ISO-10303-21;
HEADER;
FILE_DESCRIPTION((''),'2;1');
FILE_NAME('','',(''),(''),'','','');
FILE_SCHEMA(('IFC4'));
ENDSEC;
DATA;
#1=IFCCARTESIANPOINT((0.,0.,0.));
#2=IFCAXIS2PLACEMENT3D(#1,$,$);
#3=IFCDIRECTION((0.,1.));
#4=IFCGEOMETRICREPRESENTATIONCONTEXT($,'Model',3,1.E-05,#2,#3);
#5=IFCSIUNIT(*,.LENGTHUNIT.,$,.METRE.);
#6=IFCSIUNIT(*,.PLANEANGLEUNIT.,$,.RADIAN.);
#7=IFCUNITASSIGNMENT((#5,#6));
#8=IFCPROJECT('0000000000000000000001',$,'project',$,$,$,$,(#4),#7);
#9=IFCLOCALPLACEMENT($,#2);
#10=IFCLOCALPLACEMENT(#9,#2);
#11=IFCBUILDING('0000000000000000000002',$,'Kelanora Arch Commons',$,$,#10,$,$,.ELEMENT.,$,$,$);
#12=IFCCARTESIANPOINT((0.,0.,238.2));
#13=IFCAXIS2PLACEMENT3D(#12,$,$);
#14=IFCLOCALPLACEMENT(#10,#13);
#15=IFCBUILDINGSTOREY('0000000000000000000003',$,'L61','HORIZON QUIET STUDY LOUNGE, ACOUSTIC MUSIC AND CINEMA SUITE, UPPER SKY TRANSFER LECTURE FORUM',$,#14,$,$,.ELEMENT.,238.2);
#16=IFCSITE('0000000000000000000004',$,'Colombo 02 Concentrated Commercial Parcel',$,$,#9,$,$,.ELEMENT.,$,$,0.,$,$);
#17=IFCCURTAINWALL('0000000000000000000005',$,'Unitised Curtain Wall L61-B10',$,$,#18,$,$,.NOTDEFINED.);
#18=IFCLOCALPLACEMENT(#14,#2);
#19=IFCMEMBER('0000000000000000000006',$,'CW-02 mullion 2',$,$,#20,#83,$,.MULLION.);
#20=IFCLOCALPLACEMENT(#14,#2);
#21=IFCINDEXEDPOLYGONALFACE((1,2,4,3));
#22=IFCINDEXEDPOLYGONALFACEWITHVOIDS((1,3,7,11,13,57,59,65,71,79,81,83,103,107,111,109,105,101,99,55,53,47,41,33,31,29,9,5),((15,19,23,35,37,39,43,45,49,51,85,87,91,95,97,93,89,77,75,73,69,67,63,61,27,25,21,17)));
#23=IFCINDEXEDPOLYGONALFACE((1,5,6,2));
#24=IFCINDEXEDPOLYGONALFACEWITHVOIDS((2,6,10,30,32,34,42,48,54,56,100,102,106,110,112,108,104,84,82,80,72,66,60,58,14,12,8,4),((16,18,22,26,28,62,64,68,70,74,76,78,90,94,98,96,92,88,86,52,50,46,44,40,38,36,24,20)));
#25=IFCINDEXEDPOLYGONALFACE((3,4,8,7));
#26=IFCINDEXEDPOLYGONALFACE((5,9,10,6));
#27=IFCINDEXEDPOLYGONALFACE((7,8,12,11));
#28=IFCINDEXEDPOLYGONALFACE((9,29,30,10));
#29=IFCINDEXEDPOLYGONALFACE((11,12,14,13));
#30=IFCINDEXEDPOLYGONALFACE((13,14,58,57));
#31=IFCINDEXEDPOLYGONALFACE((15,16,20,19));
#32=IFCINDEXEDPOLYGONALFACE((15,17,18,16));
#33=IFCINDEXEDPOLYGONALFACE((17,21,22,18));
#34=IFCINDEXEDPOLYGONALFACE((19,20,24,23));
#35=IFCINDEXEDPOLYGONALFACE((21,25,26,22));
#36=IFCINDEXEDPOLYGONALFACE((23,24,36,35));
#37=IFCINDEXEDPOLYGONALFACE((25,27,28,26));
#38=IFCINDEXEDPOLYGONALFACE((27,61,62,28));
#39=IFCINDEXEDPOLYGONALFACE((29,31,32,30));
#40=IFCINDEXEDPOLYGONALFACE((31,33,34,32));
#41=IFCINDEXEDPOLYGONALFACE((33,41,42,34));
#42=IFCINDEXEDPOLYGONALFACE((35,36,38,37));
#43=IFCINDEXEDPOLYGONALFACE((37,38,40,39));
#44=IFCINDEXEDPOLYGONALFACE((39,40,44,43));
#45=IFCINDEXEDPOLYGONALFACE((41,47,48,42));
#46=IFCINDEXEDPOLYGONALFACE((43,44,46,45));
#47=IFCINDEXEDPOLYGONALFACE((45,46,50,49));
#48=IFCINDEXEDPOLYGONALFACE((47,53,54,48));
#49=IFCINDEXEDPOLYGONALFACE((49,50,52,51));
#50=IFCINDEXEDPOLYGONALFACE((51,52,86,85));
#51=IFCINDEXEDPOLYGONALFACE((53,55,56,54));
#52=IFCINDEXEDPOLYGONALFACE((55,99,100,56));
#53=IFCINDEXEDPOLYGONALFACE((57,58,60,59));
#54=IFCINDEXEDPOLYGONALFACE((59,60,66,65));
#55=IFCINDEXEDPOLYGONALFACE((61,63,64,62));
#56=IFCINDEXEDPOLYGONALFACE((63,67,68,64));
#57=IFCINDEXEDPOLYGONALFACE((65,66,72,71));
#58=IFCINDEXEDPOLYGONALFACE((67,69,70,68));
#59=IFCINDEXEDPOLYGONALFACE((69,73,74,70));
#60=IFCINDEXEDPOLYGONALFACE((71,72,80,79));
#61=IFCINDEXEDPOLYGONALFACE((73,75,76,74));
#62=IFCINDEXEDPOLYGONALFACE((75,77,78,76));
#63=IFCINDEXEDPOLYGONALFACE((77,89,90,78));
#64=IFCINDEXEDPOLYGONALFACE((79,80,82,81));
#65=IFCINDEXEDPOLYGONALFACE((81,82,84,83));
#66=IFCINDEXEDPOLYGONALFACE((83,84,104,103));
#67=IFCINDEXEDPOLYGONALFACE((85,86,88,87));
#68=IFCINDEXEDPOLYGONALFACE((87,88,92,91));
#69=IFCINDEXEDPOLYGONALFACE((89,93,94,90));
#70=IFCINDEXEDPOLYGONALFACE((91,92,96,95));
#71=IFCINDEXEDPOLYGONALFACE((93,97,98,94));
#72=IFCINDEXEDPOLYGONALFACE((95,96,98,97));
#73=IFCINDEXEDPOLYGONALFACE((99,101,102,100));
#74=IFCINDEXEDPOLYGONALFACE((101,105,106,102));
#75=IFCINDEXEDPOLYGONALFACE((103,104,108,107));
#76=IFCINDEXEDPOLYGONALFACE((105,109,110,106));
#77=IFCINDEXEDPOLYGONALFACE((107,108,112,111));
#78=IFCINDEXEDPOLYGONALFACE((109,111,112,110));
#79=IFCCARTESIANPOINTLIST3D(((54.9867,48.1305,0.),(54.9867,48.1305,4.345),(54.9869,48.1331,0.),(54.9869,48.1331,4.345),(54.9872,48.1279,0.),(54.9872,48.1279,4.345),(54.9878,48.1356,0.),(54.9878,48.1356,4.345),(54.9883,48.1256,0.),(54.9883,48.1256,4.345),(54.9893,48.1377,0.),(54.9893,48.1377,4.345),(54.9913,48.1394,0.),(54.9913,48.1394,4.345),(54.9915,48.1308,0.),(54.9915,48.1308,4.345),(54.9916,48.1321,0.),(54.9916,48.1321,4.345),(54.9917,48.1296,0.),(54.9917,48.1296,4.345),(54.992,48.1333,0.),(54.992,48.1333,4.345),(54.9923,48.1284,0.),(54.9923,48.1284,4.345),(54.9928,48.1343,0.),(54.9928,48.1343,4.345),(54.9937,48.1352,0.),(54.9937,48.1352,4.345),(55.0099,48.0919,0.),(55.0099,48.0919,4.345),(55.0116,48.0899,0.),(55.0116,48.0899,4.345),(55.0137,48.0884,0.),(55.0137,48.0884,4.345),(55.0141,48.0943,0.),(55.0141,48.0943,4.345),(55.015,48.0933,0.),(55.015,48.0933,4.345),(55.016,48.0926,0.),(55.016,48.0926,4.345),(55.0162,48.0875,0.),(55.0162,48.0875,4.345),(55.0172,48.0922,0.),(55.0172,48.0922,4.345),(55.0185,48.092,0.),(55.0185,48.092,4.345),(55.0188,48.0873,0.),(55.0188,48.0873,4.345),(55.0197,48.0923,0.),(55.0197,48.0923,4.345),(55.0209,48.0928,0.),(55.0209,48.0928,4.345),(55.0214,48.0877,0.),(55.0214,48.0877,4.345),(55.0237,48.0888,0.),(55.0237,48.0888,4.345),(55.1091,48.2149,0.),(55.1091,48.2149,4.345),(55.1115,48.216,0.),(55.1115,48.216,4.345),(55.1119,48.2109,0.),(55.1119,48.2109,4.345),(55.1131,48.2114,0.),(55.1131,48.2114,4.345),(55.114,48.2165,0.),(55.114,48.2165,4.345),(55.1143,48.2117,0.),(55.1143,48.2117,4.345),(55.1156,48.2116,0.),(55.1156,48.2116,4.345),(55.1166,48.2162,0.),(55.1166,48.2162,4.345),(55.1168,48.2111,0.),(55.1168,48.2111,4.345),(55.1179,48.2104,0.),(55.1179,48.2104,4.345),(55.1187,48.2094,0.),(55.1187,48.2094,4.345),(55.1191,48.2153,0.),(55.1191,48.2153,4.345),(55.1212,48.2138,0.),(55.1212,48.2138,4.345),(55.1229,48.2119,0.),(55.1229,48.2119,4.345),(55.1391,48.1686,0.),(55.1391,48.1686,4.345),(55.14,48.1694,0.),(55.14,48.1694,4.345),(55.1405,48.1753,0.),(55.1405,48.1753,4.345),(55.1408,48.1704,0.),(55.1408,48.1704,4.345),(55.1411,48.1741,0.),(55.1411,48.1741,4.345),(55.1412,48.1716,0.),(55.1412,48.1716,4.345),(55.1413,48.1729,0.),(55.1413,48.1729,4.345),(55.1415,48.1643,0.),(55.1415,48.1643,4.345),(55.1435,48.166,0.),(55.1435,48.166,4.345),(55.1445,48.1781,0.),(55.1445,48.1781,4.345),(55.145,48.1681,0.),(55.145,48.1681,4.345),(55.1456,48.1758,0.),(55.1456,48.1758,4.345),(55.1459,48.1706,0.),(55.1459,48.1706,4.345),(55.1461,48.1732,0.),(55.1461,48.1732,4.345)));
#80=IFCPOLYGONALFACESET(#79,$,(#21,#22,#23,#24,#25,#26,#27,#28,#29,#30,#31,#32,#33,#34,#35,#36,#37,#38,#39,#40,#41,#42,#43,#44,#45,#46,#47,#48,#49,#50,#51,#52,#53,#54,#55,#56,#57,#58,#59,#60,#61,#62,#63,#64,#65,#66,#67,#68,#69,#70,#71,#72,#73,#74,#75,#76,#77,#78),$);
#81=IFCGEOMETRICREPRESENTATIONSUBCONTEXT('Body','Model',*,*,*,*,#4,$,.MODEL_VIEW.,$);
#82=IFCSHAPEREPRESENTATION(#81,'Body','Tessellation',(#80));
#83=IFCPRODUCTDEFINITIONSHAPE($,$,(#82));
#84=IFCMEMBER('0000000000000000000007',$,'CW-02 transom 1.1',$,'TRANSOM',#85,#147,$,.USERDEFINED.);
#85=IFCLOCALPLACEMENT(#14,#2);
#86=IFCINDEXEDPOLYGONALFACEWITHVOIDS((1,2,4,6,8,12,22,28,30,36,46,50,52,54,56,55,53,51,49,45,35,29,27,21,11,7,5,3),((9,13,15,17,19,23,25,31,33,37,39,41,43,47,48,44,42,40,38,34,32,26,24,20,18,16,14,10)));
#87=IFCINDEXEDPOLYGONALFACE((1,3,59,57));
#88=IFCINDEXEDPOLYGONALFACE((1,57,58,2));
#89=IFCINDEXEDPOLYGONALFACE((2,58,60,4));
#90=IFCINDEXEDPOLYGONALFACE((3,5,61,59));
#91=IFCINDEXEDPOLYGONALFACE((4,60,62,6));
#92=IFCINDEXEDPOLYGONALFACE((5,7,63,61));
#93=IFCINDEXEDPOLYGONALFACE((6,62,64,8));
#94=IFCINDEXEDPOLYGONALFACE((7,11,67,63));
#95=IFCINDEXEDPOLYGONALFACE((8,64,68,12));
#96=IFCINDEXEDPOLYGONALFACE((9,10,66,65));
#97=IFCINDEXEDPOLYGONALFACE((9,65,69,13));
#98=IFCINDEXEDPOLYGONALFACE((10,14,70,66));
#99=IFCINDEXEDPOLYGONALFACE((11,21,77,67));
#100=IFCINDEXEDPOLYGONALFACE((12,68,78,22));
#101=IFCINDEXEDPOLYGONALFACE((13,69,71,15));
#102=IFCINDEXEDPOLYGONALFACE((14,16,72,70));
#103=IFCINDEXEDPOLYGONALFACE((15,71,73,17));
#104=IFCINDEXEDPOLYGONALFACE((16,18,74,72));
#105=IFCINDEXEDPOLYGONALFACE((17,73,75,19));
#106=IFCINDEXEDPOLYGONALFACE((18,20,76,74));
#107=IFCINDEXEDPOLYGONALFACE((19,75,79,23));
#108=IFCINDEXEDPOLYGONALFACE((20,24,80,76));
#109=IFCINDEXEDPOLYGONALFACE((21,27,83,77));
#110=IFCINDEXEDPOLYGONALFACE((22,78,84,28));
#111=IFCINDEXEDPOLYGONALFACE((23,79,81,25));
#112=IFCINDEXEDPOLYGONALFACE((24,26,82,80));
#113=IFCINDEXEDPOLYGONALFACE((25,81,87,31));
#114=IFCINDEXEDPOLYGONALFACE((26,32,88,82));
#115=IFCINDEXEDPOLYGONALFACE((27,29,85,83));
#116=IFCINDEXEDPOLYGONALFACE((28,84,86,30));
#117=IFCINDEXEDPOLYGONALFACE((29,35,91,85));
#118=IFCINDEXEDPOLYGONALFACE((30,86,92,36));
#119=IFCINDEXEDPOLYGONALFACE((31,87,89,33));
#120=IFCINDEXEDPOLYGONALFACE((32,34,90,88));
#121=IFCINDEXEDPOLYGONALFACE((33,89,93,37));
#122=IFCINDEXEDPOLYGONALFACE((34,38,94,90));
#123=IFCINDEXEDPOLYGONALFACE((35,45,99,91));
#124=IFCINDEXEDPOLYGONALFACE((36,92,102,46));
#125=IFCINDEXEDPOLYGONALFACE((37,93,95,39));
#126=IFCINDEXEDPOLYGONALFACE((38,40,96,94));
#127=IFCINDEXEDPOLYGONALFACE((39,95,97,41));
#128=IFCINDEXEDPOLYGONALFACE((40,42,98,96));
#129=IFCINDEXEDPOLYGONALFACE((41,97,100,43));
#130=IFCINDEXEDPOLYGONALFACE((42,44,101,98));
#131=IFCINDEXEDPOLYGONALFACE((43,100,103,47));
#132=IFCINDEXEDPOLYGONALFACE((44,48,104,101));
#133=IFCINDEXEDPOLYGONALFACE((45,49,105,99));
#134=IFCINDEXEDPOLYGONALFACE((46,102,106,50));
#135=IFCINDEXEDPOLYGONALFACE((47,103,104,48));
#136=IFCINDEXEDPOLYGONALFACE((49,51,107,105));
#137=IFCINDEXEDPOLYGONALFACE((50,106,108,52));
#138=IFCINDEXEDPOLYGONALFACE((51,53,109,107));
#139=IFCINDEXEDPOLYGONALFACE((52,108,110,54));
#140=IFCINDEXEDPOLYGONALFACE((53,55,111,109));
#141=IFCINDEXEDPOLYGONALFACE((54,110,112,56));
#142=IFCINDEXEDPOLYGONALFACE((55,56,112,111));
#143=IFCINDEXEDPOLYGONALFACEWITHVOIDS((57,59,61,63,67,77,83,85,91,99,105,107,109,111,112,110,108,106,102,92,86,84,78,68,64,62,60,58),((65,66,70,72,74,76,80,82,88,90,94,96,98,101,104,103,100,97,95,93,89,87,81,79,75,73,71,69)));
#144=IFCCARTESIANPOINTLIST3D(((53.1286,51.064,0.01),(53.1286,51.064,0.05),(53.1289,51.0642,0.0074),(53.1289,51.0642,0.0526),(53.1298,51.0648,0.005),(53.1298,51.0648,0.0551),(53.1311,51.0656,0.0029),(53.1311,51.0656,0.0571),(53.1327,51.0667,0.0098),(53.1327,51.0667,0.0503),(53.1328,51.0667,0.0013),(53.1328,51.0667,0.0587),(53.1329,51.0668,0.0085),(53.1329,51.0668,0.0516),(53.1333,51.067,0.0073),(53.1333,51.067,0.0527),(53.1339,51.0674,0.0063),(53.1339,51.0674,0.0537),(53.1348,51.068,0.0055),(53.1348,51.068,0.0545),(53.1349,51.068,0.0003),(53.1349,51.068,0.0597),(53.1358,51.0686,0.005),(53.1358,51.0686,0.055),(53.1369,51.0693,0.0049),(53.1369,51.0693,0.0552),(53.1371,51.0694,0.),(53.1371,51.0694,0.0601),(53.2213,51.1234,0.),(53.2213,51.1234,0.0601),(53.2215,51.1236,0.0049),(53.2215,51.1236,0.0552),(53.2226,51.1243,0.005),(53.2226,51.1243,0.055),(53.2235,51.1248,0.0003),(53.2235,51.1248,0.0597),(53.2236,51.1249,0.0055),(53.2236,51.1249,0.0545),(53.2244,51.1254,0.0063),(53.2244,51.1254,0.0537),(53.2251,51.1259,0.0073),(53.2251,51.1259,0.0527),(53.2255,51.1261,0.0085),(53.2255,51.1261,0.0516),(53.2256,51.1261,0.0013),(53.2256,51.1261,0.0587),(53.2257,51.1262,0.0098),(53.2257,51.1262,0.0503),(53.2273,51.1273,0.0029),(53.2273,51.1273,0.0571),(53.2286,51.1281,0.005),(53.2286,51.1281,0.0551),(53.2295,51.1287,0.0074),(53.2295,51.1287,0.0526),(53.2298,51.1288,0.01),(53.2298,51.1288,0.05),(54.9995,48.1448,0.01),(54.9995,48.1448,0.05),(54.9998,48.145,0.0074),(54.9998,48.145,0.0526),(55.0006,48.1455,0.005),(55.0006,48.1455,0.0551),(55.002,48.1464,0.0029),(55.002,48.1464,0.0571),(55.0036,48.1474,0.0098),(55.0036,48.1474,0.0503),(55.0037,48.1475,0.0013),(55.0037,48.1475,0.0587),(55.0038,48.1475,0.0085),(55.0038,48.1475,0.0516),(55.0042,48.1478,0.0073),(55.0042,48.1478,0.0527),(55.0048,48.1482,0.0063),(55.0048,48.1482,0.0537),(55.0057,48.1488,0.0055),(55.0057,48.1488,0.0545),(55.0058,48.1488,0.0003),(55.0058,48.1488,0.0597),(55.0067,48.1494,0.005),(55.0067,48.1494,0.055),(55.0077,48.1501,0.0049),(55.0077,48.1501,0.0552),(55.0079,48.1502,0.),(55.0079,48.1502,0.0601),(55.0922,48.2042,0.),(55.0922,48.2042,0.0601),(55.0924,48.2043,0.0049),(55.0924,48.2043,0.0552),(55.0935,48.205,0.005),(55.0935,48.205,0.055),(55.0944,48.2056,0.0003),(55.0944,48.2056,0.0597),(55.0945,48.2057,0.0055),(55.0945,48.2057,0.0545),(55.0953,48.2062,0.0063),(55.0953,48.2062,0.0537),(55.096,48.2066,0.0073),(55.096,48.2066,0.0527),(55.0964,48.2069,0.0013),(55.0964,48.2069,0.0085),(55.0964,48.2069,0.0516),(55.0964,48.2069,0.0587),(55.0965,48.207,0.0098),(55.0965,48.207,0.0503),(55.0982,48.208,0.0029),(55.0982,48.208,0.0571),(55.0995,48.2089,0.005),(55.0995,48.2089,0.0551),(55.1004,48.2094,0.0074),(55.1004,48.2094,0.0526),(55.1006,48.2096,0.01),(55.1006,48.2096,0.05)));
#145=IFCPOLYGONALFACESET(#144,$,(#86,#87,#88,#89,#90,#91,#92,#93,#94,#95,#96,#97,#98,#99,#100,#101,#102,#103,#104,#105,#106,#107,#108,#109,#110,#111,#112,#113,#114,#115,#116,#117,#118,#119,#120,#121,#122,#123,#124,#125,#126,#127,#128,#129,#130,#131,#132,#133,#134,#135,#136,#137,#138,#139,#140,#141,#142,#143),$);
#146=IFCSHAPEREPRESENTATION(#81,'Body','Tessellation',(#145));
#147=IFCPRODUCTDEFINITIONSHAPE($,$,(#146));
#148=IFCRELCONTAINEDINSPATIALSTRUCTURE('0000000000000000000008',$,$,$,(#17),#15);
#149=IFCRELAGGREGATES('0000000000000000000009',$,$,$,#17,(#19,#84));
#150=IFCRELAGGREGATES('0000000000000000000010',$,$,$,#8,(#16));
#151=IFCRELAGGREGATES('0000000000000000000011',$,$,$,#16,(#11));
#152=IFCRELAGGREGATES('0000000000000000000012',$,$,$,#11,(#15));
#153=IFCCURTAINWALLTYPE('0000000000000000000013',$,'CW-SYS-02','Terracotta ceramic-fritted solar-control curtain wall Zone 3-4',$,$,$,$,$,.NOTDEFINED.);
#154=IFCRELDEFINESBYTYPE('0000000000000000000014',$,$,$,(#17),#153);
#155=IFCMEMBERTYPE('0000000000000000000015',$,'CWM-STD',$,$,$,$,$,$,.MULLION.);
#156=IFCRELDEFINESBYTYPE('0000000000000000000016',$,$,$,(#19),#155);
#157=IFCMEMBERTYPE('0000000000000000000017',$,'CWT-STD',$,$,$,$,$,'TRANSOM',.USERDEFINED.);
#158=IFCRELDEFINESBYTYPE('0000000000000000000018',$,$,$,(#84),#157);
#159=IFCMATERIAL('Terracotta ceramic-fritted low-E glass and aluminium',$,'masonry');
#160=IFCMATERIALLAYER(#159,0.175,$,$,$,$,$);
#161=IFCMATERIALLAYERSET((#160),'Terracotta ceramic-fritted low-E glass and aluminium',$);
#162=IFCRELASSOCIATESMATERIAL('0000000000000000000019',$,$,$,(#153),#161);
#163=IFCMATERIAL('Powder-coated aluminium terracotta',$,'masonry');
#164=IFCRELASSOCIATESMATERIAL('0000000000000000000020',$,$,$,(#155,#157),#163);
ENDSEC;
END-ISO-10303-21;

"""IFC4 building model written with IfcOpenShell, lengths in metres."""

from ifc_helpers import new_model, si_unit, direction, frame, origin, origin_2d, place, context, subcontext, project, spatial, hollow_rectangle, extrude, material, layer, layer_set, material_profile, profile_set, type_object, element, aggregate, save


model = new_model("IFC4")

# Units and contexts
model_context = context("Model", 3, precision=1e-05, world=origin(), true_north=direction((0.0, 1.0)))
body_context = subcontext(model_context, "Body", "Model", "MODEL_VIEW")
ifc_project = project(units=[si_unit("LENGTHUNIT", "METRE"), si_unit("PLANEANGLEUNIT", "RADIAN")], contexts=[model_context])

# Site, building, storey
site_placement = place(None, origin())
site = spatial("IfcSite", under=ifc_project, at=site_placement, Name="Colombo 02 Concentrated Commercial Parcel", CompositionType="ELEMENT", RefElevation=0.0)
building_placement = place(site_placement, origin())
building = spatial("IfcBuilding", under=site, at=building_placement, Name="Kelanora Arch Commons", CompositionType="ELEMENT")
storey_placement = place(building_placement, frame((0.0, 0.0, 238.2)))
storey = spatial("IfcBuildingStorey", under=building, at=storey_placement, Name="L61", Description="HORIZON QUIET STUDY LOUNGE, ACOUSTIC MUSIC AND CINEMA SUITE, UPPER SKY TRANSFER LECTURE FORUM", CompositionType="ELEMENT", Elevation=238.2)

# Shared definitions
ifc_material_1 = material(Name="Terracotta ceramic-fritted low-E glass and aluminium", Category="masonry")
ifc_layer_1 = layer(ifc_material_1, 0.175)
ifc_layer_set_1 = layer_set([ifc_layer_1], Name="Terracotta ceramic-fritted low-E glass and aluminium")
curtain_wall_type = type_object("IfcCurtainWallType", Name="CW-SYS-02", Description="Terracotta ceramic-fritted solar-control curtain wall Zone 3-4", PredefinedType="NOTDEFINED", material=ifc_layer_set_1)
ifc_material_2 = material(Name="Powder-coated aluminium terracotta", Category="masonry")
ifc_material_profile_1 = material_profile(ifc_material_2, hollow_rectangle(XDim=0.1599, YDim=0.0601, WallThickness=0.0049, InnerFilletRadius=0.0049, OuterFilletRadius=0.01, at=origin_2d()), Name="CWM160x60")
ifc_profile_set_1 = profile_set([ifc_material_profile_1], Name="Powder-coated aluminium terracotta")
member_type_1 = type_object("IfcMemberType", Name="CWM-STD", PredefinedType="MULLION", material=ifc_profile_set_1)

# Curtain wall, members
curtain_wall_1_placement = place(storey_placement, origin())
curtain_wall_1 = element("IfcCurtainWall", 1, at=curtain_wall_1_placement, inside=storey, type_object=curtain_wall_type, Name="Unitised Curtain Wall L61-B10", PredefinedType="NOTDEFINED")
member_1_placement = place(storey_placement, frame((55.0664, 48.1519, 0.0), z_axis=(0.0, 0.0, 1.0), x_axis=(0.841948, 0.539559, 0.0)))
member_1 = element("IfcMember", 2, at=member_1_placement, type_object=member_type_1, Name="CW-02 mullion 2", PredefinedType="MULLION", context=body_context, shape_type="SweptSolid", body=[
    extrude(hollow_rectangle(XDim=0.1599, YDim=0.0601, WallThickness=0.0049, InnerFilletRadius=0.0049, OuterFilletRadius=0.01, at=origin_2d()), origin(), (0.0, 0.0, 1.0), 4.345),
])
ifc_material_profile_2 = material_profile(ifc_material_2, hollow_rectangle(XDim=0.1201, YDim=0.0601, WallThickness=0.0049, InnerFilletRadius=0.0049, OuterFilletRadius=0.01, at=origin_2d()), Name="CWT120x60")
ifc_profile_set_2 = profile_set([ifc_material_profile_2], Name="Powder-coated aluminium terracotta")
member_type_2 = type_object("IfcMemberType", Name="CWT-STD", ElementType="TRANSOM", PredefinedType="USERDEFINED", material=ifc_profile_set_2)
member_2_placement = place(storey_placement, frame((53.1792, 51.0964, 0.03), z_axis=(0.539579, -0.841935, 0.0), x_axis=(0.841935, 0.539579, 0.0)))
member_2 = element("IfcMember", 3, at=member_2_placement, type_object=member_type_2, Name="CW-02 transom 1.1", ObjectType="TRANSOM", PredefinedType="USERDEFINED", context=body_context, shape_type="SweptSolid", body=[
    extrude(hollow_rectangle(XDim=0.1201, YDim=0.0601, WallThickness=0.0049, InnerFilletRadius=0.0049, OuterFilletRadius=0.01, at=origin_2d()), origin(), (0.0, 0.0, 1.0), 3.4673),
])

aggregate(curtain_wall_1, [member_1, member_2])

save(model, "model.ifc")
